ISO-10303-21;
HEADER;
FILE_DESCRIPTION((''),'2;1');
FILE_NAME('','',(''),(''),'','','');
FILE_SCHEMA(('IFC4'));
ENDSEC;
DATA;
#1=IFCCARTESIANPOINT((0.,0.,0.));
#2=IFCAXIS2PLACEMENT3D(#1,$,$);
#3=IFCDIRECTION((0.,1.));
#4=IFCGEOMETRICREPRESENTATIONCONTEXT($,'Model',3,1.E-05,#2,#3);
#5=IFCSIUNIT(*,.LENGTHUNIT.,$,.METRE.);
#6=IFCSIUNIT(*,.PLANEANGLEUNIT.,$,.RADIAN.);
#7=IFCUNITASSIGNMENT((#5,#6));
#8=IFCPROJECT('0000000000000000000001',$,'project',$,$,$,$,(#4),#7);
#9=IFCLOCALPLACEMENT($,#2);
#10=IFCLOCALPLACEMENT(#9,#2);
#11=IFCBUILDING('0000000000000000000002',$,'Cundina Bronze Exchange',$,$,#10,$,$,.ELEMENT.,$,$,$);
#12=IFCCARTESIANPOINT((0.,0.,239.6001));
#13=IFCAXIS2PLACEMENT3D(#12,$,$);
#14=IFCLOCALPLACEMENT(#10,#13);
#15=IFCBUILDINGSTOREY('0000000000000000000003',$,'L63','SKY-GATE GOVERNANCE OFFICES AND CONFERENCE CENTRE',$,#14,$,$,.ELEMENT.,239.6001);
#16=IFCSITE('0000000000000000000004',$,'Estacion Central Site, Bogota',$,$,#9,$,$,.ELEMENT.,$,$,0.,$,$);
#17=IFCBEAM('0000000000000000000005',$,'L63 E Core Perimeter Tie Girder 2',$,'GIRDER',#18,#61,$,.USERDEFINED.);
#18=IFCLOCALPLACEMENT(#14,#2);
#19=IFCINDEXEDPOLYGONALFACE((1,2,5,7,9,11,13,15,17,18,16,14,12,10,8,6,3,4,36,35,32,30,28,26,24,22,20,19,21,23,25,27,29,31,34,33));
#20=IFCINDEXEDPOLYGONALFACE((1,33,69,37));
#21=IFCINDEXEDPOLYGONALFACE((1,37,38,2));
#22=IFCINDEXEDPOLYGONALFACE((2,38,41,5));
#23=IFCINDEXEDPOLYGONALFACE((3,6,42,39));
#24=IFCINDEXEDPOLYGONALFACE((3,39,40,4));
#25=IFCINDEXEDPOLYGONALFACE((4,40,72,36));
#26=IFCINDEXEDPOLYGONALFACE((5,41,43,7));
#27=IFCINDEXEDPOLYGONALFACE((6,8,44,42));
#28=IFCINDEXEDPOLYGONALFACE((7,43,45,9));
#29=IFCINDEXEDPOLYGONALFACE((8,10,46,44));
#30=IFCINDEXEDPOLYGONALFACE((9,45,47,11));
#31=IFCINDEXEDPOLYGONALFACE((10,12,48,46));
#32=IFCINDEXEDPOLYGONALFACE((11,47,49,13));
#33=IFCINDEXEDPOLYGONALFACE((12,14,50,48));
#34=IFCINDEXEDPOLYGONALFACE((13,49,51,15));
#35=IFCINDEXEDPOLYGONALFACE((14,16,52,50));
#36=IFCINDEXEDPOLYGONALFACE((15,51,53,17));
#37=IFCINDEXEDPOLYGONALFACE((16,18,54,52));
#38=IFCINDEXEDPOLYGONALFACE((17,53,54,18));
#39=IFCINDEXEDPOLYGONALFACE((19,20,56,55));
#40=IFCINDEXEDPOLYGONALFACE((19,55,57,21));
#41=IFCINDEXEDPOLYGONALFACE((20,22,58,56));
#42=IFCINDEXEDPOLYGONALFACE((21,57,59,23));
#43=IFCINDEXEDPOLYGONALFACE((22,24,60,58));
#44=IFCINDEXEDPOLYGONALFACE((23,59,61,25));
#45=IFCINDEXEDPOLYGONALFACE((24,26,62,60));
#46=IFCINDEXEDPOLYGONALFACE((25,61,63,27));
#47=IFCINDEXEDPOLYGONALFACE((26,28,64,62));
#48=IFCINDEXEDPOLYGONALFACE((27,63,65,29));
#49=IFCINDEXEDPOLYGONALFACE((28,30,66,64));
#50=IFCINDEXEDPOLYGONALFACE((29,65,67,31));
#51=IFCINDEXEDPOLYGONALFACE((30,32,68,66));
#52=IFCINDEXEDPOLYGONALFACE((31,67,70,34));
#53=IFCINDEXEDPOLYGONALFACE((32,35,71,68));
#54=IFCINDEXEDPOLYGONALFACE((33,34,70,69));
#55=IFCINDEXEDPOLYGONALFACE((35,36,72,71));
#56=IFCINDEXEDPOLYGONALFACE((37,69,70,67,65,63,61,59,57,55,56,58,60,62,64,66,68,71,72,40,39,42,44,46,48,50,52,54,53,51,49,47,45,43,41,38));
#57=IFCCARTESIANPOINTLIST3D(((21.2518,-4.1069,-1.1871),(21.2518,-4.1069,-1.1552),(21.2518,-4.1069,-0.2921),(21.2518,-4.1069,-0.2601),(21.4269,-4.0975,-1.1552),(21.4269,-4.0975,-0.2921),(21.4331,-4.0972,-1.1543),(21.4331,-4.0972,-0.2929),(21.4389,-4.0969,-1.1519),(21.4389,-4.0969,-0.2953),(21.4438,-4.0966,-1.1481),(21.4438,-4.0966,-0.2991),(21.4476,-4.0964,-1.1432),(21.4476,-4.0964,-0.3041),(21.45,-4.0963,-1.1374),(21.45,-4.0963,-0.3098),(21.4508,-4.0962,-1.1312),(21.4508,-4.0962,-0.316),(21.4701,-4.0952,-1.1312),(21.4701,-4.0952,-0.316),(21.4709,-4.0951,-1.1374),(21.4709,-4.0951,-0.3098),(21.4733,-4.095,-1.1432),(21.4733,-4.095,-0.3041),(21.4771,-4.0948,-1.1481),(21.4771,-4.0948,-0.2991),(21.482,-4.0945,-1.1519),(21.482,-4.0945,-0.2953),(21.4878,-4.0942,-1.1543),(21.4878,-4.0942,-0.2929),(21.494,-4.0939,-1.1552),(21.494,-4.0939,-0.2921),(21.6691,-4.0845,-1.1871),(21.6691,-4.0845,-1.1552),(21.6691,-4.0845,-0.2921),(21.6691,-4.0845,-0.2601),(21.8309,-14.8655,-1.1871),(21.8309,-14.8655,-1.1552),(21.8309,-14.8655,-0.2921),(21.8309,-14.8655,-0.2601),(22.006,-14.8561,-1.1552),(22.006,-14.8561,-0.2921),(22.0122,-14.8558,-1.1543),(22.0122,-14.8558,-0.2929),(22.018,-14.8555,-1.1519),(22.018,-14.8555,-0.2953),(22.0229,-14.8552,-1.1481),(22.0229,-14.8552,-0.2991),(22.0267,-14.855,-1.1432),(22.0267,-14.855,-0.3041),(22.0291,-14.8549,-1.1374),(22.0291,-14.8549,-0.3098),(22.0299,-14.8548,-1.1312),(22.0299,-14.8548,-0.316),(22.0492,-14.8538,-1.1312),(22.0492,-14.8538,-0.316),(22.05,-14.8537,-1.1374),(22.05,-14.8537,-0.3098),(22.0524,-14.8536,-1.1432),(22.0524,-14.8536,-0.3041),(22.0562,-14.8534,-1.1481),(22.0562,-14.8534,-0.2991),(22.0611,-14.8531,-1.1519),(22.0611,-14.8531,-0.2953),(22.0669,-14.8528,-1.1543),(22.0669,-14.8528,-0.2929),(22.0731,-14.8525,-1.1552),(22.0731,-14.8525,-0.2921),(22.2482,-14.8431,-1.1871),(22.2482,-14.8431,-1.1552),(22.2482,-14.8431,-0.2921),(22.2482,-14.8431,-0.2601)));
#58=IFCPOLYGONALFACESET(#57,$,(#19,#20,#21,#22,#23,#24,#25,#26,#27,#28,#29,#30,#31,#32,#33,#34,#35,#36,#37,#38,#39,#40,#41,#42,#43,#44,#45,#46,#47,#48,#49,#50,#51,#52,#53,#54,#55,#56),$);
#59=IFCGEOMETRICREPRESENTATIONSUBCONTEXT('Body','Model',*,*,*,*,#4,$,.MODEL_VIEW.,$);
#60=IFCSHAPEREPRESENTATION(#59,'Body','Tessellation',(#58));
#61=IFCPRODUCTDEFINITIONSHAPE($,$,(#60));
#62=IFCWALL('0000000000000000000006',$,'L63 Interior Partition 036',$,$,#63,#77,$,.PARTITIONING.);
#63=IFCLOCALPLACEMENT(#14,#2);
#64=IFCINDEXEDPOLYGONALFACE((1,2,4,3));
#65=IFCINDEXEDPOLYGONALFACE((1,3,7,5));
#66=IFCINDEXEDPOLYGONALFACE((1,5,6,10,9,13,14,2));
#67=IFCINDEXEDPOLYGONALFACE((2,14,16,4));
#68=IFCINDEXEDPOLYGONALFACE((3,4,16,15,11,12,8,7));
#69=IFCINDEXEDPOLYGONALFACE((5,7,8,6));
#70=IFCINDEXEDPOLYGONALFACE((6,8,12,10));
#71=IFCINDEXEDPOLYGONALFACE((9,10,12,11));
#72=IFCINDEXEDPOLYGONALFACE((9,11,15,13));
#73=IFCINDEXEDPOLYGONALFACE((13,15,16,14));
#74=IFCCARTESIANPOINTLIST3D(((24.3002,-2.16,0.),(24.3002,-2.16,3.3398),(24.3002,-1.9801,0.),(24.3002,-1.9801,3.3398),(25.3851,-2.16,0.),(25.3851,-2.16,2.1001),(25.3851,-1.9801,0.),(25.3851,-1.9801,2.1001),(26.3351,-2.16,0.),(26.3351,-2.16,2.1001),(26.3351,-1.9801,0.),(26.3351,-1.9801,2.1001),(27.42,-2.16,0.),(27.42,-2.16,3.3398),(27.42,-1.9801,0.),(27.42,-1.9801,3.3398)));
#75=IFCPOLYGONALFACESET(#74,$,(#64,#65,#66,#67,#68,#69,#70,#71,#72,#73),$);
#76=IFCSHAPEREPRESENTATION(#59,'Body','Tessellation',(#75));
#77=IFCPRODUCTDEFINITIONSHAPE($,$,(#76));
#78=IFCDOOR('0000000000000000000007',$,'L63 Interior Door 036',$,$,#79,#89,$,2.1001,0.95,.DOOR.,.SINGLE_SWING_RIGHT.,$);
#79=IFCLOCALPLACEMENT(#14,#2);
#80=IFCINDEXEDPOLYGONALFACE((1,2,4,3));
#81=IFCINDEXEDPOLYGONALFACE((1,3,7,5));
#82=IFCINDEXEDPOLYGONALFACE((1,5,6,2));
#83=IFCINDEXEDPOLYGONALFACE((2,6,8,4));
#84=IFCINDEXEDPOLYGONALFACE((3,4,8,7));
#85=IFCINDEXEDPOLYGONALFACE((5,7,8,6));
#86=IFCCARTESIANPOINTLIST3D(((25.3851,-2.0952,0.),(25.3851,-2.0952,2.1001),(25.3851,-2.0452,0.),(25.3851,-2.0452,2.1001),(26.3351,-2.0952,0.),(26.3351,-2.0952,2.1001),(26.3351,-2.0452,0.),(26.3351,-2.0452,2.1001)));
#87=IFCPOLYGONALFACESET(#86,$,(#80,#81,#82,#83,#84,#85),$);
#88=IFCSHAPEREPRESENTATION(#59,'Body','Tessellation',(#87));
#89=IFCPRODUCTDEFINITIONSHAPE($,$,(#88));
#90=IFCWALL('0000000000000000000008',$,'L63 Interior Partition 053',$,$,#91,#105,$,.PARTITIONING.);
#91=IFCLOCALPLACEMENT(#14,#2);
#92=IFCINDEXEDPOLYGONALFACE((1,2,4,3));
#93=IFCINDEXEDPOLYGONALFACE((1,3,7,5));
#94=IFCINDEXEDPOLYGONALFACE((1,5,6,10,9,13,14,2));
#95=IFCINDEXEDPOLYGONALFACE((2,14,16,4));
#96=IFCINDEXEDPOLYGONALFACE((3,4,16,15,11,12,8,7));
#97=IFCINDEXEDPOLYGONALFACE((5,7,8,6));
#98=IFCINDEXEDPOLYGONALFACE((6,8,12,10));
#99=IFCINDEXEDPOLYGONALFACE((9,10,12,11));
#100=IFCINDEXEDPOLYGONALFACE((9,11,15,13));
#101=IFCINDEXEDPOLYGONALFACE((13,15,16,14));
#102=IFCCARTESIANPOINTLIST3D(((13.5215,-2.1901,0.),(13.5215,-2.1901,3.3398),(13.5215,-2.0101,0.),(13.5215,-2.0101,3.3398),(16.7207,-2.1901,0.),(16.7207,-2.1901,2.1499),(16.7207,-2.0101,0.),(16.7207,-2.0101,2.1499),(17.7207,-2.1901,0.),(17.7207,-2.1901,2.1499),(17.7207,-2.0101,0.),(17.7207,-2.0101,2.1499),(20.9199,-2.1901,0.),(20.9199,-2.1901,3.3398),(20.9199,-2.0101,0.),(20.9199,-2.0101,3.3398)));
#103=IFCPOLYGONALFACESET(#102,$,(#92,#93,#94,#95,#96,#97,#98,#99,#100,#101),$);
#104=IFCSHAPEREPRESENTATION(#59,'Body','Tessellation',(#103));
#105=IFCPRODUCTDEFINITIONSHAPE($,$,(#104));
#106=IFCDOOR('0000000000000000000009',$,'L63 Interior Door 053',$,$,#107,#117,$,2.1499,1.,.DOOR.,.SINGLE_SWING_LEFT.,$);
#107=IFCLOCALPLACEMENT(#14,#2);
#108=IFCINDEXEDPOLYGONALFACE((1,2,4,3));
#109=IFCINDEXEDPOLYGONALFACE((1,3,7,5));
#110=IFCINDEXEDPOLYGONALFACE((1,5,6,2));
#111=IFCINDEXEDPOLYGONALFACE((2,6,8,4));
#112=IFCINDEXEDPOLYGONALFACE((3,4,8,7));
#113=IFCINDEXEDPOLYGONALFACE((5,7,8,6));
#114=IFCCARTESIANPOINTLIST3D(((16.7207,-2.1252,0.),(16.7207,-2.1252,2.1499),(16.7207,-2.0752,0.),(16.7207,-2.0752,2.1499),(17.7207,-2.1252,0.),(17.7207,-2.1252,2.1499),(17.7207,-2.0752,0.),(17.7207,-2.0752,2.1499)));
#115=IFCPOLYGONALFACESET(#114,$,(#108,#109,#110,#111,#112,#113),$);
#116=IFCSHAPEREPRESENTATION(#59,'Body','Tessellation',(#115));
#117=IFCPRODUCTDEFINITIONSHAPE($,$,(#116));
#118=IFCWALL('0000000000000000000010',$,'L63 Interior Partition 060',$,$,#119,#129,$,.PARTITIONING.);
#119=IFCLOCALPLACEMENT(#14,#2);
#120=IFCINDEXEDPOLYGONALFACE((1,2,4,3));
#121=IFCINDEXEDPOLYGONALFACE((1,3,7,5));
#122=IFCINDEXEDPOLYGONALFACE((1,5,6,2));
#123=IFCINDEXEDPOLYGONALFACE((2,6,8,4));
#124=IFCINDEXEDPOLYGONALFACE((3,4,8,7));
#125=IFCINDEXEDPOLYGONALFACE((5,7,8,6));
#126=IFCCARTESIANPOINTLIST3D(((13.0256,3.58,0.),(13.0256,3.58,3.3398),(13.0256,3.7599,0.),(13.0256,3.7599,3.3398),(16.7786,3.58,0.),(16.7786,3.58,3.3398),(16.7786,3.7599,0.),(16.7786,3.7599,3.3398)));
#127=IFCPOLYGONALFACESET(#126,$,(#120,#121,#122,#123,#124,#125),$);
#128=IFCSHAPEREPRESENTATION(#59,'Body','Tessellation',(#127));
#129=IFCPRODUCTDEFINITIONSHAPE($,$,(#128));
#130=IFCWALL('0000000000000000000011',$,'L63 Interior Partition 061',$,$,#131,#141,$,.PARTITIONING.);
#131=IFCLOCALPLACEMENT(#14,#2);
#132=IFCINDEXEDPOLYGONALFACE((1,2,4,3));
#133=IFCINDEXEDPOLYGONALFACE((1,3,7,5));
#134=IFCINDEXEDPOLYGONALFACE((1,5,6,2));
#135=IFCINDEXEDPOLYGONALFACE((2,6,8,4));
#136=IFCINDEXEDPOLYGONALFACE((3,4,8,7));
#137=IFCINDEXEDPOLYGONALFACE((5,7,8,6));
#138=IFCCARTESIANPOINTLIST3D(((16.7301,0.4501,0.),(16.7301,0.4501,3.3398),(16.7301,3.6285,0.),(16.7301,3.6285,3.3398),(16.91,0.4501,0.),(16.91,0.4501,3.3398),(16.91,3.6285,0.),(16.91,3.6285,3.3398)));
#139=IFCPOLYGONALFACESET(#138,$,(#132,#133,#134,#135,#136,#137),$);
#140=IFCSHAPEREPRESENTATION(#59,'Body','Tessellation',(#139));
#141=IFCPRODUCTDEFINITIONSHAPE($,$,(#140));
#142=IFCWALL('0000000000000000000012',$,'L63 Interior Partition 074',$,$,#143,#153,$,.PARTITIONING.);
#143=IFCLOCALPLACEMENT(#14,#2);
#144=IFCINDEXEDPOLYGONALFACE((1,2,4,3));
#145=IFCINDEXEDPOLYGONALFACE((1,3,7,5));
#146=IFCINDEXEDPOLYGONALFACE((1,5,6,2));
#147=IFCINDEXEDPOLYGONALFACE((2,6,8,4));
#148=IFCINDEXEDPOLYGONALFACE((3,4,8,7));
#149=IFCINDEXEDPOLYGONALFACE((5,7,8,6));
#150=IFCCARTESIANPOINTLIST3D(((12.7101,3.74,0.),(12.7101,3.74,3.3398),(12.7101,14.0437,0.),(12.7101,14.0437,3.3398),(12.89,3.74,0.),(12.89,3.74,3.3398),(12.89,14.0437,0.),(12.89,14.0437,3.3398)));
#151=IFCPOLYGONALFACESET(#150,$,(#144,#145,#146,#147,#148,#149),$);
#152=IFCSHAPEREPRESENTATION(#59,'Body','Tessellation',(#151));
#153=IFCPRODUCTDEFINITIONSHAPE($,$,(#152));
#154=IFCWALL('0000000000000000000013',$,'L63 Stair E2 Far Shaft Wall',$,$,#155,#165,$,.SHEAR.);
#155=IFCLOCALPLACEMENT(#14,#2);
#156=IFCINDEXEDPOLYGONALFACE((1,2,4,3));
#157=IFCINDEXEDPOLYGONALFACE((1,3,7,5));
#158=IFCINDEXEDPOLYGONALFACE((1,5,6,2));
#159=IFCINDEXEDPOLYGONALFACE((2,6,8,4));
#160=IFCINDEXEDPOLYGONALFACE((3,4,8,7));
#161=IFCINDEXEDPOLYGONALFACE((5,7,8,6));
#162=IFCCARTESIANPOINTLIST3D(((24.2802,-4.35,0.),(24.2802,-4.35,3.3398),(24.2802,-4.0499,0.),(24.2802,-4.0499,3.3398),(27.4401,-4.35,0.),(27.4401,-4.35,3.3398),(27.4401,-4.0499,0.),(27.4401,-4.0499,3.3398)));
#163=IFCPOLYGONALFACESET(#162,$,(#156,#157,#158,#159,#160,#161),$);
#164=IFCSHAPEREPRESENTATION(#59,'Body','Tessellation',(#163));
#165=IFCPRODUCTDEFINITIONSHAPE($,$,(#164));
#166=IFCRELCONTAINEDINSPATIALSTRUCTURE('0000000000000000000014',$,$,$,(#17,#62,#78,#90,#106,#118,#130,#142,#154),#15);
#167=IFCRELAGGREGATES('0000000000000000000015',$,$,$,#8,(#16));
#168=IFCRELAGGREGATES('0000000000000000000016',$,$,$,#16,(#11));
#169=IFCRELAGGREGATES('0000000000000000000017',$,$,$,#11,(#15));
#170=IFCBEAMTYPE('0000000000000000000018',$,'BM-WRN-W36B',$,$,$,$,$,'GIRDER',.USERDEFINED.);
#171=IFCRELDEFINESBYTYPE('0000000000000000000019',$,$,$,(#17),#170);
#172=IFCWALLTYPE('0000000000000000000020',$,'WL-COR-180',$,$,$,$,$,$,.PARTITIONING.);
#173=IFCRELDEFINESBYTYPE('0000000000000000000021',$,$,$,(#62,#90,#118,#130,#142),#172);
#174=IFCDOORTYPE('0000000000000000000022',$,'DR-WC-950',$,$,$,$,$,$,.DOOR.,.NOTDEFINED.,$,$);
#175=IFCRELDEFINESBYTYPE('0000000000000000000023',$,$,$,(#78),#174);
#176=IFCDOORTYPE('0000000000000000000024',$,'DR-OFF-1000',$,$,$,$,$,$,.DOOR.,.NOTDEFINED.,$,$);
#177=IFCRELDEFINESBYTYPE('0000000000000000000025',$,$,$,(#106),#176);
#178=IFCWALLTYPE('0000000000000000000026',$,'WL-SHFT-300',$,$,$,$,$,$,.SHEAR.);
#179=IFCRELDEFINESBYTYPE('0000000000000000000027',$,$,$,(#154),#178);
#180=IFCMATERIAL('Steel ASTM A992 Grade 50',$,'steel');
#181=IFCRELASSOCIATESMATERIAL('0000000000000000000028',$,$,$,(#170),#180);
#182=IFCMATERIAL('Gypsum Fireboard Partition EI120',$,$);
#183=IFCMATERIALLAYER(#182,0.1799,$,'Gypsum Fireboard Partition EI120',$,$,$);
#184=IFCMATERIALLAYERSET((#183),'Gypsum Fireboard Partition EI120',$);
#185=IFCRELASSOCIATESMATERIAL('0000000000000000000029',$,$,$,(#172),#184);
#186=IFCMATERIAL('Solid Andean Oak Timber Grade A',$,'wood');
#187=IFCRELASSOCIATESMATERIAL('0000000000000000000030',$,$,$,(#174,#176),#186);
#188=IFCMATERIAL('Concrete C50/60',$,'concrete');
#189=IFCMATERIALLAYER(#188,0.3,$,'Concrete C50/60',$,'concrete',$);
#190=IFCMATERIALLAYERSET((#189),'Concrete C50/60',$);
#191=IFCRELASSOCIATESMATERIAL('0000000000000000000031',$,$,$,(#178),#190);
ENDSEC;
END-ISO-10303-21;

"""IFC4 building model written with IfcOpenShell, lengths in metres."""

from ifc_helpers import new_model, si_unit, direction, frame, frame_2d, origin, origin_2d, place, context, subcontext, project, spatial, rectangle, i_section, extrude, material, layer, layer_set, material_profile, profile_set, type_object, element, fill, save


model = new_model("IFC4")

# Units and contexts
model_context = context("Model", 3, precision=1e-05, world=origin(), true_north=direction((0.0, 1.0)))
body_context = subcontext(model_context, "Body", "Model", "MODEL_VIEW")
ifc_project = project(units=[si_unit("LENGTHUNIT", "METRE"), si_unit("PLANEANGLEUNIT", "RADIAN")], contexts=[model_context])

# Site, building, storey
site_placement = place(None, origin())
site = spatial("IfcSite", under=ifc_project, at=site_placement, Name="Estacion Central Site, Bogota", CompositionType="ELEMENT", RefElevation=0.0)
building_placement = place(site_placement, origin())
building = spatial("IfcBuilding", under=site, at=building_placement, Name="Cundina Bronze Exchange", CompositionType="ELEMENT")
storey_placement = place(building_placement, frame((0.0, 0.0, 239.6001)))
storey = spatial("IfcBuildingStorey", under=building, at=storey_placement, Name="L63", Description="SKY-GATE GOVERNANCE OFFICES AND CONFERENCE CENTRE", CompositionType="ELEMENT", Elevation=239.6001)

# Shared definitions
ifc_material_1 = material(Name="Concrete C50/60", Category="concrete")
ifc_material_2 = material(Name="Steel ASTM A992 Grade 50", Category="steel")

# Beam
ifc_material_profile_1 = material_profile(ifc_material_2, i_section(OverallWidth=0.418, OverallDepth=0.927, WebThickness=0.0193, FlangeThickness=0.032, FilletRadius=0.0239, at=origin_2d()), Name="W36X231", Category="steel")
ifc_profile_set_1 = profile_set([ifc_material_profile_1], Name="Steel ASTM A992 Grade 50")
beam_type_1 = type_object("IfcBeamType", Name="BM-WRN-W36B", ElementType="GIRDER", PredefinedType="USERDEFINED", material=ifc_profile_set_1)
beam_1_placement = place(storey_placement, frame((21.4604, -4.0957, -0.7236), z_axis=(0.053749, -0.998554, 0.0), x_axis=(0.998554, 0.053749, 0.0)))
element("IfcBeam", 1, at=beam_1_placement, inside=storey, type_object=beam_type_1, Name="L63 E Core Perimeter Tie Girder 2", ObjectType="GIRDER", PredefinedType="USERDEFINED", context=body_context, shape_type="SweptSolid", body=[
    extrude(i_section(OverallWidth=0.418, OverallDepth=0.927, WebThickness=0.0193, FlangeThickness=0.032, FilletRadius=0.0239, at=origin_2d()), origin(), (0.0, 0.0, 1.0), 10.7742),
])

# Walls, openings, doors
ifc_material_3 = material(Name="Gypsum Fireboard Partition EI120")
ifc_layer_1 = layer(ifc_material_3, 0.1799, Name="Gypsum Fireboard Partition EI120")
ifc_layer_set_1 = layer_set([ifc_layer_1], Name="Gypsum Fireboard Partition EI120")
wall_type_1 = type_object("IfcWallType", Name="WL-COR-180", PredefinedType="PARTITIONING", material=ifc_layer_set_1)
wall_1_placement = place(storey_placement, frame((24.3, -2.0701, 0.0), z_axis=(0.0, 0.0, 1.0), x_axis=(1.0, 0.0, 0.0)))
wall_1 = element("IfcWall", 2, at=wall_1_placement, inside=storey, type_object=wall_type_1, Name="L63 Interior Partition 036", PredefinedType="PARTITIONING", context=body_context, shape_type="SweptSolid", body=[
    extrude(rectangle(XDim=3.1199, YDim=0.1799, at=frame_2d((1.5601, 0.0))), origin(), (0.0, 0.0, 1.0), 3.3398),
])
opening_1_placement = place(wall_1_placement, frame((1.085, 0.0, 0.0)))
opening_1 = element("IfcOpeningElement", 3, at=opening_1_placement, cuts=wall_1, PredefinedType="OPENING", context=body_context, shape_type="SweptSolid", body=[
    extrude(rectangle(XDim=0.95, YDim=2.1001, at=frame_2d((0.4751, 1.05))), frame((0.0, 0.0999, 0.0), z_axis=(0.0, -1.0, 0.0), x_axis=(1.0, 0.0, 0.0)), (0.0, 0.0, 1.0), 0.2),
])
ifc_material_4 = material(Name="Solid Andean Oak Timber Grade A", Category="wood")
door_type_1 = type_object("IfcDoorType", Name="DR-WC-950", OperationType="NOTDEFINED", PredefinedType="DOOR", material=ifc_material_4)
door_1_placement = place(opening_1_placement, origin())
door_1 = element("IfcDoor", 4, at=door_1_placement, inside=storey, type_object=door_type_1, Name="L63 Interior Door 036", OperationType="SINGLE_SWING_RIGHT", OverallHeight=2.1001, OverallWidth=0.95, PredefinedType="DOOR", context=body_context, shape_type="SweptSolid", body=[
    extrude(rectangle(XDim=0.95, YDim=2.1001, at=frame_2d((0.4751, 1.05))), frame((0.0, 0.0249, 0.0), z_axis=(0.0, -1.0, 0.0), x_axis=(1.0, 0.0, 0.0)), (0.0, 0.0, 1.0), 0.05),
])
fill(opening_1, door_1)
wall_2_placement = place(storey_placement, frame((13.5215, -2.1001, 0.0), z_axis=(0.0, 0.0, 1.0), x_axis=(1.0, 0.0, 0.0)))
wall_2 = element("IfcWall", 5, at=wall_2_placement, inside=storey, type_object=wall_type_1, Name="L63 Interior Partition 053", PredefinedType="PARTITIONING", context=body_context, shape_type="SweptSolid", body=[
    extrude(rectangle(XDim=7.3984, YDim=0.1799, at=frame_2d((3.6992, 0.0))), origin(), (0.0, 0.0, 1.0), 3.3398),
])
opening_2_placement = place(wall_2_placement, frame((3.1992, 0.0, 0.0)))
opening_2 = element("IfcOpeningElement", 6, at=opening_2_placement, cuts=wall_2, PredefinedType="OPENING", context=body_context, shape_type="SweptSolid", body=[
    extrude(rectangle(XDim=1.0, YDim=2.1499, at=frame_2d((0.5, 1.075))), frame((0.0, 0.0999, 0.0), z_axis=(0.0, -1.0, 0.0), x_axis=(1.0, 0.0, 0.0)), (0.0, 0.0, 1.0), 0.2),
])
door_type_2 = type_object("IfcDoorType", Name="DR-OFF-1000", OperationType="NOTDEFINED", PredefinedType="DOOR", material=ifc_material_4)
door_2_placement = place(opening_2_placement, origin())
door_2 = element("IfcDoor", 7, at=door_2_placement, inside=storey, type_object=door_type_2, Name="L63 Interior Door 053", OperationType="SINGLE_SWING_LEFT", OverallHeight=2.1499, OverallWidth=1.0, PredefinedType="DOOR", context=body_context, shape_type="SweptSolid", body=[
    extrude(rectangle(XDim=1.0, YDim=2.1499, at=frame_2d((0.5, 1.075))), frame((0.0, 0.0249, 0.0), z_axis=(0.0, -1.0, 0.0), x_axis=(1.0, 0.0, 0.0)), (0.0, 0.0, 1.0), 0.05),
])
fill(opening_2, door_2)

# Walls
wall_3_placement = place(storey_placement, frame((16.7786, 3.6699, 0.0), z_axis=(0.0, 0.0, 1.0), x_axis=(-1.0, 0.0, 0.0)))
element("IfcWall", 8, at=wall_3_placement, inside=storey, type_object=wall_type_1, Name="L63 Interior Partition 060", PredefinedType="PARTITIONING", context=body_context, shape_type="SweptSolid", body=[
    extrude(rectangle(XDim=3.7529, YDim=0.1799, at=frame_2d((1.8765, 0.0))), origin(), (0.0, 0.0, 1.0), 3.3398),
])
wall_4_placement = place(storey_placement, frame((16.8201, 0.45, 0.0), z_axis=(0.0, 0.0, 1.0), x_axis=(0.0, 1.0, 0.0)))
element("IfcWall", 9, at=wall_4_placement, inside=storey, type_object=wall_type_1, Name="L63 Interior Partition 061", PredefinedType="PARTITIONING", context=body_context, shape_type="SweptSolid", body=[
    extrude(rectangle(XDim=3.1785, YDim=0.1799, at=frame_2d((1.5894, 0.0))), origin(), (0.0, 0.0, 1.0), 3.3398),
])
wall_5_placement = place(storey_placement, frame((12.8, 3.74, 0.0), z_axis=(0.0, 0.0, 1.0), x_axis=(0.0, 1.0, 0.0)))
element("IfcWall", 10, at=wall_5_placement, inside=storey, type_object=wall_type_1, Name="L63 Interior Partition 074", PredefinedType="PARTITIONING", context=body_context, shape_type="SweptSolid", body=[
    extrude(rectangle(XDim=10.3037, YDim=0.1799, at=frame_2d((5.1519, 0.0))), origin(), (0.0, 0.0, 1.0), 3.3398),
])
ifc_layer_2 = layer(ifc_material_1, 0.3, Name="Concrete C50/60", Category="concrete")
ifc_layer_set_2 = layer_set([ifc_layer_2], Name="Concrete C50/60")
wall_type_2 = type_object("IfcWallType", Name="WL-SHFT-300", PredefinedType="SHEAR", material=ifc_layer_set_2)
wall_6_placement = place(storey_placement, frame((24.28, -4.2, 0.0), z_axis=(0.0, 0.0, 1.0), x_axis=(1.0, 0.0, 0.0)))
element("IfcWall", 11, at=wall_6_placement, inside=storey, type_object=wall_type_2, Name="L63 Stair E2 Far Shaft Wall", PredefinedType="SHEAR", context=body_context, shape_type="SweptSolid", body=[
    extrude(rectangle(XDim=3.1599, YDim=0.3, at=frame_2d((1.5801, 0.0))), origin(), (0.0, 0.0, 1.0), 3.3398),
])

save(model, "model.ifc")
